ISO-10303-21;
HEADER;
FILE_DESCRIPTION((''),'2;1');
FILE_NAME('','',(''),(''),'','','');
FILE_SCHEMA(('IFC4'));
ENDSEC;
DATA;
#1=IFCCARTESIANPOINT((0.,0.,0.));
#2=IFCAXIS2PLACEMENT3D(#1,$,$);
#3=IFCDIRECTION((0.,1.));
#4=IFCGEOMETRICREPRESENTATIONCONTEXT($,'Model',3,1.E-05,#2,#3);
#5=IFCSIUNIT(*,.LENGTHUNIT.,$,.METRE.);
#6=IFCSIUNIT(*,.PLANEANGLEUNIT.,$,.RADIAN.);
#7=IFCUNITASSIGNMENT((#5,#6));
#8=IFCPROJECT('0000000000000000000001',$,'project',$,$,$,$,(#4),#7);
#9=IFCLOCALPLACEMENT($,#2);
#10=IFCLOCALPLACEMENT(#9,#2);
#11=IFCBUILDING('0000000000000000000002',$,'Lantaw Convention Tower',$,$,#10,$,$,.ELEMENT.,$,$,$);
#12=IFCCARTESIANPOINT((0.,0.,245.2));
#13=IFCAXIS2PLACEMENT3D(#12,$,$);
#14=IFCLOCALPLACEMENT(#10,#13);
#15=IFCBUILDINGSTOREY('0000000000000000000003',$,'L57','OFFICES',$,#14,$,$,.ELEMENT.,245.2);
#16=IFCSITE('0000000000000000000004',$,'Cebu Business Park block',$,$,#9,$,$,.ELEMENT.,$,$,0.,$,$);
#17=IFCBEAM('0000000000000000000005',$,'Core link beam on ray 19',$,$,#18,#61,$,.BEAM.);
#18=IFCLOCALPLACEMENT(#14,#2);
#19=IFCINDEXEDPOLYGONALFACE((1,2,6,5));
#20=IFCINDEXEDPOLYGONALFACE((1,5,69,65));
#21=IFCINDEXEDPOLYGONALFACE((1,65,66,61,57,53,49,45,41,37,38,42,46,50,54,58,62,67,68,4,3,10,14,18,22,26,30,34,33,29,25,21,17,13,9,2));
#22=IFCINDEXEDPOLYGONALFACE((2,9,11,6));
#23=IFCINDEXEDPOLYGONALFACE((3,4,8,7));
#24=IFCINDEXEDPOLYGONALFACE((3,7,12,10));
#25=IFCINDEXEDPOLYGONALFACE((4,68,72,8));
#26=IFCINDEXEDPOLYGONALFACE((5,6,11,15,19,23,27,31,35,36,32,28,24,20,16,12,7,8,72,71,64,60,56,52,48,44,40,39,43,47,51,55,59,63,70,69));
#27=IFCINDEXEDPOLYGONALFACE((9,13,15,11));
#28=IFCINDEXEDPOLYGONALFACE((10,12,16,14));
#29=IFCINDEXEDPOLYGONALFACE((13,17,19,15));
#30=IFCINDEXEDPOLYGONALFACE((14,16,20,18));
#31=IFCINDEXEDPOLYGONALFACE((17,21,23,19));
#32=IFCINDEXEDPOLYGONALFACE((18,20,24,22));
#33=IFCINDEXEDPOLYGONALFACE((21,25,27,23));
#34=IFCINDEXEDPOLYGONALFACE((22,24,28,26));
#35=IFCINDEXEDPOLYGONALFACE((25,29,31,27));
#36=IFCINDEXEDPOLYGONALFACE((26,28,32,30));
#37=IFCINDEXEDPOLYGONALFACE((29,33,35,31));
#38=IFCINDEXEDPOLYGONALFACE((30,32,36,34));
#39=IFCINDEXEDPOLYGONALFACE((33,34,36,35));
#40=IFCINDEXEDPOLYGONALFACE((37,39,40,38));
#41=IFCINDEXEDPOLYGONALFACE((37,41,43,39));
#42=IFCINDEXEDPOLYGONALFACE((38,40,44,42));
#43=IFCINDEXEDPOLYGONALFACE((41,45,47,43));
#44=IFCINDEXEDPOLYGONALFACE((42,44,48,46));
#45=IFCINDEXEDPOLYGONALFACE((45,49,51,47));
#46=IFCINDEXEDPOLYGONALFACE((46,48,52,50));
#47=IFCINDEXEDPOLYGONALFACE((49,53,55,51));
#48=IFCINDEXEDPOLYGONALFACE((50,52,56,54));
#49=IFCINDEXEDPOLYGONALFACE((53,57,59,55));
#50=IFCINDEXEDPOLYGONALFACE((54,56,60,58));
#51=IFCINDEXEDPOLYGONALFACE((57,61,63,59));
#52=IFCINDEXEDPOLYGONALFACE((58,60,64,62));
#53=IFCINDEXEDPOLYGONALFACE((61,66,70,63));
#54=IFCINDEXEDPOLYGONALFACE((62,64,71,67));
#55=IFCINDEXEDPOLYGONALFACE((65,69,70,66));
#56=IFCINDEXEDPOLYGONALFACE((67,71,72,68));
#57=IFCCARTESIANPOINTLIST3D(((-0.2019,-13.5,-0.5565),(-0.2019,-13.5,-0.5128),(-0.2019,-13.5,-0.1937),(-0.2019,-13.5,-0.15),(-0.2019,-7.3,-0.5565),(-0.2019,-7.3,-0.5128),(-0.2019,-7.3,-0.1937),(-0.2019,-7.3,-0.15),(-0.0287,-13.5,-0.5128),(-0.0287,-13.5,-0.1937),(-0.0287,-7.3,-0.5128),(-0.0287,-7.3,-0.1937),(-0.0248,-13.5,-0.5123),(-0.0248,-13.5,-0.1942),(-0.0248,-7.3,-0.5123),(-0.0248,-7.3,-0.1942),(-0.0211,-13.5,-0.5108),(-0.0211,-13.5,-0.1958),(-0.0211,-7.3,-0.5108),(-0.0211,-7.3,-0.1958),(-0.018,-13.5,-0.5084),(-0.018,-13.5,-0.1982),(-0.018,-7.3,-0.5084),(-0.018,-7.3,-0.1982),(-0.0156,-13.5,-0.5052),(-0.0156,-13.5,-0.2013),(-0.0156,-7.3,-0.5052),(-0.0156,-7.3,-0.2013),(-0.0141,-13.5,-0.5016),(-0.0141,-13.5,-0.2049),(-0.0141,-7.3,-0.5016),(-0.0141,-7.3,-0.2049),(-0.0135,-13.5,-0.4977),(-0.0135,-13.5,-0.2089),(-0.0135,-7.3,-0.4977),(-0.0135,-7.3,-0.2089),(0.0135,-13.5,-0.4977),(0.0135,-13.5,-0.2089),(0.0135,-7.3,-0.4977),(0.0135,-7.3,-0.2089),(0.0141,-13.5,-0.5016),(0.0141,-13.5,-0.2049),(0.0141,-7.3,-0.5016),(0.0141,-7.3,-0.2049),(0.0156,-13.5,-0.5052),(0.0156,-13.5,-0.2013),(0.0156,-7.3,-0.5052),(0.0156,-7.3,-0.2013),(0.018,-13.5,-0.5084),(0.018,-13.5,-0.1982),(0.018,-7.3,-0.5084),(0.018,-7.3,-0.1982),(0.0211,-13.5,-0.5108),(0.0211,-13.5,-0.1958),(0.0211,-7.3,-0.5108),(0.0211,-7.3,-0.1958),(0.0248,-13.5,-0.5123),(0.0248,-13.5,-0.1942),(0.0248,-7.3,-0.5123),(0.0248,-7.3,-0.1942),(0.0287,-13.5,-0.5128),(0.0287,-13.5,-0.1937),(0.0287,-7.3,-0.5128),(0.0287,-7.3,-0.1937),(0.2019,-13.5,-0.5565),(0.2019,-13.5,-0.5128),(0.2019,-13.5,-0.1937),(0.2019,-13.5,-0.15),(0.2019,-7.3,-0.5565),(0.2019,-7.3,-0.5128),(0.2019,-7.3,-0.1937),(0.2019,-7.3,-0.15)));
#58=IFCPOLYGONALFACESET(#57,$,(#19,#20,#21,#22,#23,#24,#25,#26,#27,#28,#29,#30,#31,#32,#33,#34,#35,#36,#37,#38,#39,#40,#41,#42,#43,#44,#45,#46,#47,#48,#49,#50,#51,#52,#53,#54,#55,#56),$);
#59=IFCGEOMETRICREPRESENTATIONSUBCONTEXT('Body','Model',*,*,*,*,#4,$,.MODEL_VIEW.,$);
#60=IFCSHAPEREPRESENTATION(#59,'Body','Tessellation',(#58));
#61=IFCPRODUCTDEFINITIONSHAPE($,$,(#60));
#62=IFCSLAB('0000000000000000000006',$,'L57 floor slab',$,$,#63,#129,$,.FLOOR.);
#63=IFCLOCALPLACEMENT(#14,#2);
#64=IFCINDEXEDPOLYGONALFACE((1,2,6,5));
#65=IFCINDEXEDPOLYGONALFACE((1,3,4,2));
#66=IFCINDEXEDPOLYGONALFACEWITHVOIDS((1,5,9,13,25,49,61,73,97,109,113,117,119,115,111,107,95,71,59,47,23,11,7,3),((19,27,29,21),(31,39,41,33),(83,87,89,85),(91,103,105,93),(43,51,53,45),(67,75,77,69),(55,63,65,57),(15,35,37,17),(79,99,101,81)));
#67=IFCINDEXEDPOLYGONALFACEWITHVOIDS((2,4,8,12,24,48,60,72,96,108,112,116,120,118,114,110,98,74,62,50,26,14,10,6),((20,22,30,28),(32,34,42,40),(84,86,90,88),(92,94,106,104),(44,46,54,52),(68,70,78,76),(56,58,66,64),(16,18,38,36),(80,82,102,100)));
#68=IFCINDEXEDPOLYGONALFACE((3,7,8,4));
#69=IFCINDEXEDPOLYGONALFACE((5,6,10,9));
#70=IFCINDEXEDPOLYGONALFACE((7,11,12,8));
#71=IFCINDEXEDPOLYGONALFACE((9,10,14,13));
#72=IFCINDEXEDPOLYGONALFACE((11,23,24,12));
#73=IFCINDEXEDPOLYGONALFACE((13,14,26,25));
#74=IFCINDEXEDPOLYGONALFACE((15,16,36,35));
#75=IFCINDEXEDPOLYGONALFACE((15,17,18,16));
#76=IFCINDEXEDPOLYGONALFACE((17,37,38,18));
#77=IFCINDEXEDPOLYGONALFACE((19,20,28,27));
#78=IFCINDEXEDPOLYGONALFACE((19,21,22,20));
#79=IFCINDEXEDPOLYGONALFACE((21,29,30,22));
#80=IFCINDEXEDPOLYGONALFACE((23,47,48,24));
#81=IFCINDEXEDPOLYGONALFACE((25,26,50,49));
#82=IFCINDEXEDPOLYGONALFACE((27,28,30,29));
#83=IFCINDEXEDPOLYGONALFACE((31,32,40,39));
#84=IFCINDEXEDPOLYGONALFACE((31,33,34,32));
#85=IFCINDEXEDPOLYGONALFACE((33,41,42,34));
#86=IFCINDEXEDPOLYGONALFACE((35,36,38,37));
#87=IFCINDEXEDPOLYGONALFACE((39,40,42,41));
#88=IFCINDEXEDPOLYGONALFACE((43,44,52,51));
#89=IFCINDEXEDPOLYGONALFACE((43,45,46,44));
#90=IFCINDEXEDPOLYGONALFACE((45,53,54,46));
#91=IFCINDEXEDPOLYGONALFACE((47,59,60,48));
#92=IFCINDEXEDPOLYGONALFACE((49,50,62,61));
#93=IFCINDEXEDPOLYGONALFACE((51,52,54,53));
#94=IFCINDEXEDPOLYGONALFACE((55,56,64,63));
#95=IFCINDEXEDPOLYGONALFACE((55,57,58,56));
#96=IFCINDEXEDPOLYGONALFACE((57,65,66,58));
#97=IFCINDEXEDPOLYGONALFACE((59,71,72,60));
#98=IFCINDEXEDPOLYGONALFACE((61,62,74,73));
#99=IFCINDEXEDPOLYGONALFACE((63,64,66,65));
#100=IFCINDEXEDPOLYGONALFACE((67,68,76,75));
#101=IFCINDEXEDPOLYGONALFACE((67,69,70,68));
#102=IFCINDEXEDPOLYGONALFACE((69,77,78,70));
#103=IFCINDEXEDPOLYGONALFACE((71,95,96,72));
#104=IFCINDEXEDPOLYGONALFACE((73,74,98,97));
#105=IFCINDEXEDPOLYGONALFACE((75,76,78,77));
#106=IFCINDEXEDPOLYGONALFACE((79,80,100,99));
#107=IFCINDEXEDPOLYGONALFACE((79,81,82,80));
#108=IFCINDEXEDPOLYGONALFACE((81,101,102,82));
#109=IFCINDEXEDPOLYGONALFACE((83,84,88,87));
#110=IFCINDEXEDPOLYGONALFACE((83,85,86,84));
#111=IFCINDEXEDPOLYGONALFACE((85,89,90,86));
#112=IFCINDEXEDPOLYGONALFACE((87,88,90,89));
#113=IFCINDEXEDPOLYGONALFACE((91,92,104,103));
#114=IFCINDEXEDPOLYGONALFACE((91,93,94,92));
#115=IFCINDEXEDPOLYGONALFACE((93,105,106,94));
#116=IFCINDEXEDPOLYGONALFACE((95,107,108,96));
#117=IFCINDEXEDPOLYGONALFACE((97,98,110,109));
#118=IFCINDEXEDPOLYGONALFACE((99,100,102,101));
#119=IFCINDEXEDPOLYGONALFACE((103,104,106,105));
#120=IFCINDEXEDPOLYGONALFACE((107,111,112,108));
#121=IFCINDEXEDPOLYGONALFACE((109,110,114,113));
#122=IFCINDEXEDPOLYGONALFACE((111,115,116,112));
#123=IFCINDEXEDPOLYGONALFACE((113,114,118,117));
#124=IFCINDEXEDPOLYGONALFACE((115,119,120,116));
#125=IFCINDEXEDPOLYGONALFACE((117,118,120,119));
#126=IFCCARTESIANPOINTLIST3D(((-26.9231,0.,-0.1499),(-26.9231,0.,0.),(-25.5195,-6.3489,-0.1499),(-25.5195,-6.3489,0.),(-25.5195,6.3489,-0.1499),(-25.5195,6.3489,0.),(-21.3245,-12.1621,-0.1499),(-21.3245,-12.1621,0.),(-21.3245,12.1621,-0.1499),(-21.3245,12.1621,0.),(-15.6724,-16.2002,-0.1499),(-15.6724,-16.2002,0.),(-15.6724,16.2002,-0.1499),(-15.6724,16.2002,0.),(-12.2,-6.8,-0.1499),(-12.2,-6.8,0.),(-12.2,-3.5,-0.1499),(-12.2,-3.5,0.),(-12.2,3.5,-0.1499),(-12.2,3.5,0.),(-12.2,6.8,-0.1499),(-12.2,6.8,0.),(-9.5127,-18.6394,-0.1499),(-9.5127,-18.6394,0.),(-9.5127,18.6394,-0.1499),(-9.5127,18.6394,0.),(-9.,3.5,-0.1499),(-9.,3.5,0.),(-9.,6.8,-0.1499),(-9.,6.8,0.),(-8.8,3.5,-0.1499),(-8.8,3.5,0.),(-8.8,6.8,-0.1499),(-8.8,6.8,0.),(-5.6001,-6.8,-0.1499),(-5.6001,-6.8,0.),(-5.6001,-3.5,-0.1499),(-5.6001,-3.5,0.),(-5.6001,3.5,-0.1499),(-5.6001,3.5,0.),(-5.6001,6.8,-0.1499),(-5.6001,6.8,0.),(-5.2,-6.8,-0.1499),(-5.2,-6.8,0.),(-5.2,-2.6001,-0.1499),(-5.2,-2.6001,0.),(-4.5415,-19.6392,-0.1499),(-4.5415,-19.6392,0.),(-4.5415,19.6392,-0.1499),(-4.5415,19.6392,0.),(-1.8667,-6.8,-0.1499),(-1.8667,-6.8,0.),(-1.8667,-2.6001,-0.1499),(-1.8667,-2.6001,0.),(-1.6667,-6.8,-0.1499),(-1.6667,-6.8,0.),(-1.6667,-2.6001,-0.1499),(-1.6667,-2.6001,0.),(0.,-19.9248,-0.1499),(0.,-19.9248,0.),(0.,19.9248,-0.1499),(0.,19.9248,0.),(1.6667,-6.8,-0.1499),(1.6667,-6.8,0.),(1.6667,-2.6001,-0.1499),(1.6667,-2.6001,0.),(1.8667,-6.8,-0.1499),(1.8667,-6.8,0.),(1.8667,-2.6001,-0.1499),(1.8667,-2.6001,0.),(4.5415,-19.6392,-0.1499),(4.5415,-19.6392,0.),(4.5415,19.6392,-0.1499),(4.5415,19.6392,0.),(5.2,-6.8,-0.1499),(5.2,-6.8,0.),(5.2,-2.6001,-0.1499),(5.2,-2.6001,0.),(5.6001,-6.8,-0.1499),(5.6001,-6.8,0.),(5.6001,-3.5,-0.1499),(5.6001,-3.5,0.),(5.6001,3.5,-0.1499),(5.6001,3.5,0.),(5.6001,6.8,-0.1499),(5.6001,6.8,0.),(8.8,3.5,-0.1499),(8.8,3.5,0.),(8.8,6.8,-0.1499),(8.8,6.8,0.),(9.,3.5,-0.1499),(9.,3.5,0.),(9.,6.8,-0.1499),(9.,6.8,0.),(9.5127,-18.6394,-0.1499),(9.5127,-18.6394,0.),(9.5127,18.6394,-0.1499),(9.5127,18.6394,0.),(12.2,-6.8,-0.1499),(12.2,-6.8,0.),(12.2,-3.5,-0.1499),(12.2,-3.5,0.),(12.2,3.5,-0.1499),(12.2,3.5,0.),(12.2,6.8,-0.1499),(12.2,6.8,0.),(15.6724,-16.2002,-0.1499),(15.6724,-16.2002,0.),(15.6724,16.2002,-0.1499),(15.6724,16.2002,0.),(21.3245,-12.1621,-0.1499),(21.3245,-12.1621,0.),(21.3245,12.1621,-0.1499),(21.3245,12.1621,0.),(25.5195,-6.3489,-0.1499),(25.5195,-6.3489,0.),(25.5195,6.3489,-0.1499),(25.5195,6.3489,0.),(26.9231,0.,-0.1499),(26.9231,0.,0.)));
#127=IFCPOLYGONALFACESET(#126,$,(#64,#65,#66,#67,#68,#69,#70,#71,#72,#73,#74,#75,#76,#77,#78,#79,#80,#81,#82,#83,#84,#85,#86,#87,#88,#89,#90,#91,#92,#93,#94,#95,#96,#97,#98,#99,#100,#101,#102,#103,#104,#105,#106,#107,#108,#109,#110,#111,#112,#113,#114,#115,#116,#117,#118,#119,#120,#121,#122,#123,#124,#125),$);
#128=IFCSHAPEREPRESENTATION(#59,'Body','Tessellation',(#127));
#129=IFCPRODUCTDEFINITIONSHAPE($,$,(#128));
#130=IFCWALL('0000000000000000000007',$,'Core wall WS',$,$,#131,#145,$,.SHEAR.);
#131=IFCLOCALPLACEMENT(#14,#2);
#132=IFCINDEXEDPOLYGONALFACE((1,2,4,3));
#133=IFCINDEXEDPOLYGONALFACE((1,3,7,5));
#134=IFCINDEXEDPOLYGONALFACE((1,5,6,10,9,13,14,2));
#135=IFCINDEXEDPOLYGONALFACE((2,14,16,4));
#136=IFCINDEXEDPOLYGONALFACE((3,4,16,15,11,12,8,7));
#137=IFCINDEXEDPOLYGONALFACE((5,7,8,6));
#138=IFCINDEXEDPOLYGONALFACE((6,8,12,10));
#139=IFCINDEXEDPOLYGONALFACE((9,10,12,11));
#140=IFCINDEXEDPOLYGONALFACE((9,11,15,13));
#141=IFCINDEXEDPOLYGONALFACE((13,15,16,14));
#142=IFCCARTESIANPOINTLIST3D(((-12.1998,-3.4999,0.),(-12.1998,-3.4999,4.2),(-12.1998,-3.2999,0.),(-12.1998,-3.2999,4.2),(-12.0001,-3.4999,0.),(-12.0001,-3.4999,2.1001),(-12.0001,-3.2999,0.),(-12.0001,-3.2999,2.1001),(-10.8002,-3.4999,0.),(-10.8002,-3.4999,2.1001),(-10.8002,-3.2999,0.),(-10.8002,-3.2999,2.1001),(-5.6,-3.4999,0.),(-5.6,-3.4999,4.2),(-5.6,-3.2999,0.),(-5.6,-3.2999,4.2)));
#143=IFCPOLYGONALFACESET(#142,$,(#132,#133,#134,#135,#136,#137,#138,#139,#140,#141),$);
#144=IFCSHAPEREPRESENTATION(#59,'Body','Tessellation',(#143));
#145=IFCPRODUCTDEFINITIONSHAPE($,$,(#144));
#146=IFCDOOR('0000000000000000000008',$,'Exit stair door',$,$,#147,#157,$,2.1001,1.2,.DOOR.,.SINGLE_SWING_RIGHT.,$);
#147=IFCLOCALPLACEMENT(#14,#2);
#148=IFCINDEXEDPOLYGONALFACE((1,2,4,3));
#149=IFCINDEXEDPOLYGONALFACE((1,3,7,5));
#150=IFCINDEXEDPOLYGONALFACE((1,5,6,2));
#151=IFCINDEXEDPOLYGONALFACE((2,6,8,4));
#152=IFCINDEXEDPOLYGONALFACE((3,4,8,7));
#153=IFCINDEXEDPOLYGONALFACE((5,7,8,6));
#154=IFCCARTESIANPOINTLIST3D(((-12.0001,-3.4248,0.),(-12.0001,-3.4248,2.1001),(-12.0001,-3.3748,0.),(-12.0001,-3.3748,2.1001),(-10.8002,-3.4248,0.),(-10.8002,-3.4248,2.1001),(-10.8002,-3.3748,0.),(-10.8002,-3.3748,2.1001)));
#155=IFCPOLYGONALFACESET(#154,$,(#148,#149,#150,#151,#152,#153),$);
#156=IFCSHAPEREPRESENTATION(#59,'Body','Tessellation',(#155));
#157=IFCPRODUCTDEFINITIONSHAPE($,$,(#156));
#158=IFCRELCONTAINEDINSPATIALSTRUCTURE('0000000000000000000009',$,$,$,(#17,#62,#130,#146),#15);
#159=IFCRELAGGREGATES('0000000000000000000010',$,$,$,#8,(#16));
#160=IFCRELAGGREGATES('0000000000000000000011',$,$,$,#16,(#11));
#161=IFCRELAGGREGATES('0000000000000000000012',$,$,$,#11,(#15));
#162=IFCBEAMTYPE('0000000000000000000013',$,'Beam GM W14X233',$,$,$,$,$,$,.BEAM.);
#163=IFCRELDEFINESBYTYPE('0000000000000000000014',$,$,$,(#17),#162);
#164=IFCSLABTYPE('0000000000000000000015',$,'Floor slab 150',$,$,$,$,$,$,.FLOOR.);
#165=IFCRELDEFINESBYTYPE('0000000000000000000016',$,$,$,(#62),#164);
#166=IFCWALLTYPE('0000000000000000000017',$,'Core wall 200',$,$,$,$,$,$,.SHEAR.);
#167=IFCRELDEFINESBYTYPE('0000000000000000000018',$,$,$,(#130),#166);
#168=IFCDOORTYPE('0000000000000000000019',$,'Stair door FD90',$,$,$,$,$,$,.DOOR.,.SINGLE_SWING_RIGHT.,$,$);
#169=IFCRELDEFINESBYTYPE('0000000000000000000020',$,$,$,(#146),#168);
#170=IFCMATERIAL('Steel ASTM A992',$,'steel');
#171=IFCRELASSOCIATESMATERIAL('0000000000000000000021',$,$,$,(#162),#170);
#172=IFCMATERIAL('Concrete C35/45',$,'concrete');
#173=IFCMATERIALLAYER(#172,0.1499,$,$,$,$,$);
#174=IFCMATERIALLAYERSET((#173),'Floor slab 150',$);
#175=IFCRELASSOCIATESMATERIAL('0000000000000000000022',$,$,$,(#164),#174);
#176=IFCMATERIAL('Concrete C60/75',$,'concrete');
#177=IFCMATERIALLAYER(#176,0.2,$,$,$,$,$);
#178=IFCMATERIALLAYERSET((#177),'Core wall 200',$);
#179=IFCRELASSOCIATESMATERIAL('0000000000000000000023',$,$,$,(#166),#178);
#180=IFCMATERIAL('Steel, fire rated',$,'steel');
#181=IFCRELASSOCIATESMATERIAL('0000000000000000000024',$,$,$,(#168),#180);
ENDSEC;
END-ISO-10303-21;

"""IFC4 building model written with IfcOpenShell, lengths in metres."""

from ifc_helpers import new_model, si_unit, direction, frame, frame_2d, origin, origin_2d, place, context, subcontext, project, spatial, polyline, rectangle, i_section, outline, extrude, material, layer, layer_set, material_profile, profile_set, type_object, element, fill, save


model = new_model("IFC4")

# Units and contexts
model_context = context("Model", 3, precision=1e-05, world=origin(), true_north=direction((0.0, 1.0)))
body_context = subcontext(model_context, "Body", "Model", "MODEL_VIEW")
ifc_project = project(units=[si_unit("LENGTHUNIT", "METRE"), si_unit("PLANEANGLEUNIT", "RADIAN")], contexts=[model_context])

# Site, building, storey
site_placement = place(None, origin())
site = spatial("IfcSite", under=ifc_project, at=site_placement, Name="Cebu Business Park block", CompositionType="ELEMENT", RefElevation=0.0)
building_placement = place(site_placement, origin())
building = spatial("IfcBuilding", under=site, at=building_placement, Name="Lantaw Convention Tower", CompositionType="ELEMENT")
storey_placement = place(building_placement, frame((0.0, 0.0, 245.2)))
storey = spatial("IfcBuildingStorey", under=building, at=storey_placement, Name="L57", Description="OFFICES", CompositionType="ELEMENT", Elevation=245.2)

# Beam
ifc_material_1 = material(Name="Steel ASTM A992", Category="steel")
ifc_material_profile_1 = material_profile(ifc_material_1, i_section(OverallWidth=0.4038, OverallDepth=0.4065, WebThickness=0.0271, FlangeThickness=0.0437, FilletRadius=0.0151, at=origin_2d()), Name="W14X233")
ifc_profile_set_1 = profile_set([ifc_material_profile_1], Name="Steel ASTM A992")
beam_type_1 = type_object("IfcBeamType", Name="Beam GM W14X233", PredefinedType="BEAM", material=ifc_profile_set_1)
beam_1_placement = place(storey_placement, frame((0.0, -7.3, -0.3533), z_axis=(0.0, -1.0, 0.0), x_axis=(1.0, 0.0, 0.0)))
element("IfcBeam", 1, at=beam_1_placement, inside=storey, type_object=beam_type_1, Name="Core link beam on ray 19", PredefinedType="BEAM", context=body_context, shape_type="SweptSolid", body=[
    extrude(i_section(OverallWidth=0.4038, OverallDepth=0.4065, WebThickness=0.0271, FlangeThickness=0.0437, FilletRadius=0.0151, at=origin_2d()), origin(), (0.0, 0.0, 1.0), 6.2),
])

# Slab
ifc_material_2 = material(Name="Concrete C35/45", Category="concrete")
ifc_layer_1 = layer(ifc_material_2, 0.1499)
ifc_layer_set_1 = layer_set([ifc_layer_1], Name="Floor slab 150")
slab_type = type_object("IfcSlabType", Name="Floor slab 150", PredefinedType="FLOOR", material=ifc_layer_set_1)
slab_placement = place(storey_placement, frame((0.0, 0.0, -0.1499)))
element("IfcSlab", 2, at=slab_placement, inside=storey, type_object=slab_type, Name="L57 floor slab", PredefinedType="FLOOR", context=body_context, shape_type="SweptSolid", body=[
    extrude(outline(polyline([(25.5195, -6.3489), (26.9231, 0.0), (25.5195, 6.3489), (21.3245, 12.1621), (15.6724, 16.2002), (9.5127, 18.6394), (4.5415, 19.6392), (0.0, 19.9248), (-4.5415, 19.6392), (-9.5127, 18.6394), (-15.6724, 16.2002), (-21.3245, 12.1621), (-25.5195, 6.3489), (-26.9231, 0.0), (-25.5195, -6.3489), (-21.3245, -12.1621), (-15.6724, -16.2002), (-9.5127, -18.6394), (-4.5415, -19.6392), (0.0, -19.9248), (4.5415, -19.6392), (9.5127, -18.6394), (15.6724, -16.2002), (21.3245, -12.1621), (25.5195, -6.3489)]), holes=[polyline([(-5.6001, -3.5), (-12.2, -3.5), (-12.2, -6.8), (-5.6001, -6.8), (-5.6001, -3.5)]), polyline([(12.2, -3.5), (5.6001, -3.5), (5.6001, -6.8), (12.2, -6.8), (12.2, -3.5)]), polyline([(-1.8667, -2.6001), (-5.2, -2.6001), (-5.2, -6.8), (-1.8667, -6.8), (-1.8667, -2.6001)]), polyline([(1.6667, -2.6001), (-1.6667, -2.6001), (-1.6667, -6.8), (1.6667, -6.8), (1.6667, -2.6001)]), polyline([(5.2, -2.6001), (1.8667, -2.6001), (1.8667, -6.8), (5.2, -6.8), (5.2, -2.6001)]), polyline([(-9.0, 6.8), (-12.2, 6.8), (-12.2, 3.5), (-9.0, 3.5), (-9.0, 6.8)]), polyline([(-5.6001, 6.8), (-8.8, 6.8), (-8.8, 3.5), (-5.6001, 3.5), (-5.6001, 6.8)]), polyline([(8.8, 3.5), (8.8, 6.8), (5.6001, 6.8), (5.6001, 3.5), (8.8, 3.5)]), polyline([(12.2, 3.5), (12.2, 6.8), (9.0, 6.8), (9.0, 3.5), (12.2, 3.5)])]), origin(), (0.0, 0.0, 1.0), 0.1499),
])

# Wall, opening, door
ifc_material_3 = material(Name="Concrete C60/75", Category="concrete")
ifc_layer_2 = layer(ifc_material_3, 0.2)
ifc_layer_set_2 = layer_set([ifc_layer_2], Name="Core wall 200")
wall_type_1 = type_object("IfcWallType", Name="Core wall 200", PredefinedType="SHEAR", material=ifc_layer_set_2)
wall_1_placement = place(storey_placement, frame((-5.6001, -3.3999, 0.0), z_axis=(0.0, 0.0, 1.0), x_axis=(-1.0, 0.0, 0.0)))
wall_1 = element("IfcWall", 3, at=wall_1_placement, inside=storey, type_object=wall_type_1, Name="Core wall WS", PredefinedType="SHEAR", context=body_context, shape_type="SweptSolid", body=[
    extrude(rectangle(XDim=6.5999, YDim=0.2, at=frame_2d((3.2998, 0.0))), origin(), (0.0, 0.0, 1.0), 4.2),
])
opening_1_placement = place(wall_1_placement, frame((5.2, 0.0, 0.0)))
opening_1 = element("IfcOpeningElement", 4, at=opening_1_placement, cuts=wall_1, PredefinedType="OPENING", context=body_context, shape_type="SweptSolid", body=[
    extrude(rectangle(XDim=1.2, YDim=2.1001, at=frame_2d((0.6001, 1.05))), frame((0.0, 0.1099, 0.0), z_axis=(0.0, -1.0, 0.0), x_axis=(1.0, 0.0, 0.0)), (0.0, 0.0, 1.0), 0.22),
])
ifc_material_4 = material(Name="Steel, fire rated", Category="steel")
door_type_1 = type_object("IfcDoorType", Name="Stair door FD90", OperationType="SINGLE_SWING_RIGHT", PredefinedType="DOOR", material=ifc_material_4)
door_1_placement = place(opening_1_placement, origin())
door_1 = element("IfcDoor", 5, at=door_1_placement, inside=storey, type_object=door_type_1, Name="Exit stair door", OperationType="SINGLE_SWING_RIGHT", OverallHeight=2.1001, OverallWidth=1.2, PredefinedType="DOOR", context=body_context, shape_type="SweptSolid", body=[
    extrude(rectangle(XDim=1.2, YDim=2.1001, at=frame_2d((0.6001, 1.05))), frame((0.0, 0.0249, 0.0), z_axis=(0.0, -1.0, 0.0), x_axis=(1.0, 0.0, 0.0)), (0.0, 0.0, 1.0), 0.05),
])
fill(opening_1, door_1)

save(model, "model.ifc")
